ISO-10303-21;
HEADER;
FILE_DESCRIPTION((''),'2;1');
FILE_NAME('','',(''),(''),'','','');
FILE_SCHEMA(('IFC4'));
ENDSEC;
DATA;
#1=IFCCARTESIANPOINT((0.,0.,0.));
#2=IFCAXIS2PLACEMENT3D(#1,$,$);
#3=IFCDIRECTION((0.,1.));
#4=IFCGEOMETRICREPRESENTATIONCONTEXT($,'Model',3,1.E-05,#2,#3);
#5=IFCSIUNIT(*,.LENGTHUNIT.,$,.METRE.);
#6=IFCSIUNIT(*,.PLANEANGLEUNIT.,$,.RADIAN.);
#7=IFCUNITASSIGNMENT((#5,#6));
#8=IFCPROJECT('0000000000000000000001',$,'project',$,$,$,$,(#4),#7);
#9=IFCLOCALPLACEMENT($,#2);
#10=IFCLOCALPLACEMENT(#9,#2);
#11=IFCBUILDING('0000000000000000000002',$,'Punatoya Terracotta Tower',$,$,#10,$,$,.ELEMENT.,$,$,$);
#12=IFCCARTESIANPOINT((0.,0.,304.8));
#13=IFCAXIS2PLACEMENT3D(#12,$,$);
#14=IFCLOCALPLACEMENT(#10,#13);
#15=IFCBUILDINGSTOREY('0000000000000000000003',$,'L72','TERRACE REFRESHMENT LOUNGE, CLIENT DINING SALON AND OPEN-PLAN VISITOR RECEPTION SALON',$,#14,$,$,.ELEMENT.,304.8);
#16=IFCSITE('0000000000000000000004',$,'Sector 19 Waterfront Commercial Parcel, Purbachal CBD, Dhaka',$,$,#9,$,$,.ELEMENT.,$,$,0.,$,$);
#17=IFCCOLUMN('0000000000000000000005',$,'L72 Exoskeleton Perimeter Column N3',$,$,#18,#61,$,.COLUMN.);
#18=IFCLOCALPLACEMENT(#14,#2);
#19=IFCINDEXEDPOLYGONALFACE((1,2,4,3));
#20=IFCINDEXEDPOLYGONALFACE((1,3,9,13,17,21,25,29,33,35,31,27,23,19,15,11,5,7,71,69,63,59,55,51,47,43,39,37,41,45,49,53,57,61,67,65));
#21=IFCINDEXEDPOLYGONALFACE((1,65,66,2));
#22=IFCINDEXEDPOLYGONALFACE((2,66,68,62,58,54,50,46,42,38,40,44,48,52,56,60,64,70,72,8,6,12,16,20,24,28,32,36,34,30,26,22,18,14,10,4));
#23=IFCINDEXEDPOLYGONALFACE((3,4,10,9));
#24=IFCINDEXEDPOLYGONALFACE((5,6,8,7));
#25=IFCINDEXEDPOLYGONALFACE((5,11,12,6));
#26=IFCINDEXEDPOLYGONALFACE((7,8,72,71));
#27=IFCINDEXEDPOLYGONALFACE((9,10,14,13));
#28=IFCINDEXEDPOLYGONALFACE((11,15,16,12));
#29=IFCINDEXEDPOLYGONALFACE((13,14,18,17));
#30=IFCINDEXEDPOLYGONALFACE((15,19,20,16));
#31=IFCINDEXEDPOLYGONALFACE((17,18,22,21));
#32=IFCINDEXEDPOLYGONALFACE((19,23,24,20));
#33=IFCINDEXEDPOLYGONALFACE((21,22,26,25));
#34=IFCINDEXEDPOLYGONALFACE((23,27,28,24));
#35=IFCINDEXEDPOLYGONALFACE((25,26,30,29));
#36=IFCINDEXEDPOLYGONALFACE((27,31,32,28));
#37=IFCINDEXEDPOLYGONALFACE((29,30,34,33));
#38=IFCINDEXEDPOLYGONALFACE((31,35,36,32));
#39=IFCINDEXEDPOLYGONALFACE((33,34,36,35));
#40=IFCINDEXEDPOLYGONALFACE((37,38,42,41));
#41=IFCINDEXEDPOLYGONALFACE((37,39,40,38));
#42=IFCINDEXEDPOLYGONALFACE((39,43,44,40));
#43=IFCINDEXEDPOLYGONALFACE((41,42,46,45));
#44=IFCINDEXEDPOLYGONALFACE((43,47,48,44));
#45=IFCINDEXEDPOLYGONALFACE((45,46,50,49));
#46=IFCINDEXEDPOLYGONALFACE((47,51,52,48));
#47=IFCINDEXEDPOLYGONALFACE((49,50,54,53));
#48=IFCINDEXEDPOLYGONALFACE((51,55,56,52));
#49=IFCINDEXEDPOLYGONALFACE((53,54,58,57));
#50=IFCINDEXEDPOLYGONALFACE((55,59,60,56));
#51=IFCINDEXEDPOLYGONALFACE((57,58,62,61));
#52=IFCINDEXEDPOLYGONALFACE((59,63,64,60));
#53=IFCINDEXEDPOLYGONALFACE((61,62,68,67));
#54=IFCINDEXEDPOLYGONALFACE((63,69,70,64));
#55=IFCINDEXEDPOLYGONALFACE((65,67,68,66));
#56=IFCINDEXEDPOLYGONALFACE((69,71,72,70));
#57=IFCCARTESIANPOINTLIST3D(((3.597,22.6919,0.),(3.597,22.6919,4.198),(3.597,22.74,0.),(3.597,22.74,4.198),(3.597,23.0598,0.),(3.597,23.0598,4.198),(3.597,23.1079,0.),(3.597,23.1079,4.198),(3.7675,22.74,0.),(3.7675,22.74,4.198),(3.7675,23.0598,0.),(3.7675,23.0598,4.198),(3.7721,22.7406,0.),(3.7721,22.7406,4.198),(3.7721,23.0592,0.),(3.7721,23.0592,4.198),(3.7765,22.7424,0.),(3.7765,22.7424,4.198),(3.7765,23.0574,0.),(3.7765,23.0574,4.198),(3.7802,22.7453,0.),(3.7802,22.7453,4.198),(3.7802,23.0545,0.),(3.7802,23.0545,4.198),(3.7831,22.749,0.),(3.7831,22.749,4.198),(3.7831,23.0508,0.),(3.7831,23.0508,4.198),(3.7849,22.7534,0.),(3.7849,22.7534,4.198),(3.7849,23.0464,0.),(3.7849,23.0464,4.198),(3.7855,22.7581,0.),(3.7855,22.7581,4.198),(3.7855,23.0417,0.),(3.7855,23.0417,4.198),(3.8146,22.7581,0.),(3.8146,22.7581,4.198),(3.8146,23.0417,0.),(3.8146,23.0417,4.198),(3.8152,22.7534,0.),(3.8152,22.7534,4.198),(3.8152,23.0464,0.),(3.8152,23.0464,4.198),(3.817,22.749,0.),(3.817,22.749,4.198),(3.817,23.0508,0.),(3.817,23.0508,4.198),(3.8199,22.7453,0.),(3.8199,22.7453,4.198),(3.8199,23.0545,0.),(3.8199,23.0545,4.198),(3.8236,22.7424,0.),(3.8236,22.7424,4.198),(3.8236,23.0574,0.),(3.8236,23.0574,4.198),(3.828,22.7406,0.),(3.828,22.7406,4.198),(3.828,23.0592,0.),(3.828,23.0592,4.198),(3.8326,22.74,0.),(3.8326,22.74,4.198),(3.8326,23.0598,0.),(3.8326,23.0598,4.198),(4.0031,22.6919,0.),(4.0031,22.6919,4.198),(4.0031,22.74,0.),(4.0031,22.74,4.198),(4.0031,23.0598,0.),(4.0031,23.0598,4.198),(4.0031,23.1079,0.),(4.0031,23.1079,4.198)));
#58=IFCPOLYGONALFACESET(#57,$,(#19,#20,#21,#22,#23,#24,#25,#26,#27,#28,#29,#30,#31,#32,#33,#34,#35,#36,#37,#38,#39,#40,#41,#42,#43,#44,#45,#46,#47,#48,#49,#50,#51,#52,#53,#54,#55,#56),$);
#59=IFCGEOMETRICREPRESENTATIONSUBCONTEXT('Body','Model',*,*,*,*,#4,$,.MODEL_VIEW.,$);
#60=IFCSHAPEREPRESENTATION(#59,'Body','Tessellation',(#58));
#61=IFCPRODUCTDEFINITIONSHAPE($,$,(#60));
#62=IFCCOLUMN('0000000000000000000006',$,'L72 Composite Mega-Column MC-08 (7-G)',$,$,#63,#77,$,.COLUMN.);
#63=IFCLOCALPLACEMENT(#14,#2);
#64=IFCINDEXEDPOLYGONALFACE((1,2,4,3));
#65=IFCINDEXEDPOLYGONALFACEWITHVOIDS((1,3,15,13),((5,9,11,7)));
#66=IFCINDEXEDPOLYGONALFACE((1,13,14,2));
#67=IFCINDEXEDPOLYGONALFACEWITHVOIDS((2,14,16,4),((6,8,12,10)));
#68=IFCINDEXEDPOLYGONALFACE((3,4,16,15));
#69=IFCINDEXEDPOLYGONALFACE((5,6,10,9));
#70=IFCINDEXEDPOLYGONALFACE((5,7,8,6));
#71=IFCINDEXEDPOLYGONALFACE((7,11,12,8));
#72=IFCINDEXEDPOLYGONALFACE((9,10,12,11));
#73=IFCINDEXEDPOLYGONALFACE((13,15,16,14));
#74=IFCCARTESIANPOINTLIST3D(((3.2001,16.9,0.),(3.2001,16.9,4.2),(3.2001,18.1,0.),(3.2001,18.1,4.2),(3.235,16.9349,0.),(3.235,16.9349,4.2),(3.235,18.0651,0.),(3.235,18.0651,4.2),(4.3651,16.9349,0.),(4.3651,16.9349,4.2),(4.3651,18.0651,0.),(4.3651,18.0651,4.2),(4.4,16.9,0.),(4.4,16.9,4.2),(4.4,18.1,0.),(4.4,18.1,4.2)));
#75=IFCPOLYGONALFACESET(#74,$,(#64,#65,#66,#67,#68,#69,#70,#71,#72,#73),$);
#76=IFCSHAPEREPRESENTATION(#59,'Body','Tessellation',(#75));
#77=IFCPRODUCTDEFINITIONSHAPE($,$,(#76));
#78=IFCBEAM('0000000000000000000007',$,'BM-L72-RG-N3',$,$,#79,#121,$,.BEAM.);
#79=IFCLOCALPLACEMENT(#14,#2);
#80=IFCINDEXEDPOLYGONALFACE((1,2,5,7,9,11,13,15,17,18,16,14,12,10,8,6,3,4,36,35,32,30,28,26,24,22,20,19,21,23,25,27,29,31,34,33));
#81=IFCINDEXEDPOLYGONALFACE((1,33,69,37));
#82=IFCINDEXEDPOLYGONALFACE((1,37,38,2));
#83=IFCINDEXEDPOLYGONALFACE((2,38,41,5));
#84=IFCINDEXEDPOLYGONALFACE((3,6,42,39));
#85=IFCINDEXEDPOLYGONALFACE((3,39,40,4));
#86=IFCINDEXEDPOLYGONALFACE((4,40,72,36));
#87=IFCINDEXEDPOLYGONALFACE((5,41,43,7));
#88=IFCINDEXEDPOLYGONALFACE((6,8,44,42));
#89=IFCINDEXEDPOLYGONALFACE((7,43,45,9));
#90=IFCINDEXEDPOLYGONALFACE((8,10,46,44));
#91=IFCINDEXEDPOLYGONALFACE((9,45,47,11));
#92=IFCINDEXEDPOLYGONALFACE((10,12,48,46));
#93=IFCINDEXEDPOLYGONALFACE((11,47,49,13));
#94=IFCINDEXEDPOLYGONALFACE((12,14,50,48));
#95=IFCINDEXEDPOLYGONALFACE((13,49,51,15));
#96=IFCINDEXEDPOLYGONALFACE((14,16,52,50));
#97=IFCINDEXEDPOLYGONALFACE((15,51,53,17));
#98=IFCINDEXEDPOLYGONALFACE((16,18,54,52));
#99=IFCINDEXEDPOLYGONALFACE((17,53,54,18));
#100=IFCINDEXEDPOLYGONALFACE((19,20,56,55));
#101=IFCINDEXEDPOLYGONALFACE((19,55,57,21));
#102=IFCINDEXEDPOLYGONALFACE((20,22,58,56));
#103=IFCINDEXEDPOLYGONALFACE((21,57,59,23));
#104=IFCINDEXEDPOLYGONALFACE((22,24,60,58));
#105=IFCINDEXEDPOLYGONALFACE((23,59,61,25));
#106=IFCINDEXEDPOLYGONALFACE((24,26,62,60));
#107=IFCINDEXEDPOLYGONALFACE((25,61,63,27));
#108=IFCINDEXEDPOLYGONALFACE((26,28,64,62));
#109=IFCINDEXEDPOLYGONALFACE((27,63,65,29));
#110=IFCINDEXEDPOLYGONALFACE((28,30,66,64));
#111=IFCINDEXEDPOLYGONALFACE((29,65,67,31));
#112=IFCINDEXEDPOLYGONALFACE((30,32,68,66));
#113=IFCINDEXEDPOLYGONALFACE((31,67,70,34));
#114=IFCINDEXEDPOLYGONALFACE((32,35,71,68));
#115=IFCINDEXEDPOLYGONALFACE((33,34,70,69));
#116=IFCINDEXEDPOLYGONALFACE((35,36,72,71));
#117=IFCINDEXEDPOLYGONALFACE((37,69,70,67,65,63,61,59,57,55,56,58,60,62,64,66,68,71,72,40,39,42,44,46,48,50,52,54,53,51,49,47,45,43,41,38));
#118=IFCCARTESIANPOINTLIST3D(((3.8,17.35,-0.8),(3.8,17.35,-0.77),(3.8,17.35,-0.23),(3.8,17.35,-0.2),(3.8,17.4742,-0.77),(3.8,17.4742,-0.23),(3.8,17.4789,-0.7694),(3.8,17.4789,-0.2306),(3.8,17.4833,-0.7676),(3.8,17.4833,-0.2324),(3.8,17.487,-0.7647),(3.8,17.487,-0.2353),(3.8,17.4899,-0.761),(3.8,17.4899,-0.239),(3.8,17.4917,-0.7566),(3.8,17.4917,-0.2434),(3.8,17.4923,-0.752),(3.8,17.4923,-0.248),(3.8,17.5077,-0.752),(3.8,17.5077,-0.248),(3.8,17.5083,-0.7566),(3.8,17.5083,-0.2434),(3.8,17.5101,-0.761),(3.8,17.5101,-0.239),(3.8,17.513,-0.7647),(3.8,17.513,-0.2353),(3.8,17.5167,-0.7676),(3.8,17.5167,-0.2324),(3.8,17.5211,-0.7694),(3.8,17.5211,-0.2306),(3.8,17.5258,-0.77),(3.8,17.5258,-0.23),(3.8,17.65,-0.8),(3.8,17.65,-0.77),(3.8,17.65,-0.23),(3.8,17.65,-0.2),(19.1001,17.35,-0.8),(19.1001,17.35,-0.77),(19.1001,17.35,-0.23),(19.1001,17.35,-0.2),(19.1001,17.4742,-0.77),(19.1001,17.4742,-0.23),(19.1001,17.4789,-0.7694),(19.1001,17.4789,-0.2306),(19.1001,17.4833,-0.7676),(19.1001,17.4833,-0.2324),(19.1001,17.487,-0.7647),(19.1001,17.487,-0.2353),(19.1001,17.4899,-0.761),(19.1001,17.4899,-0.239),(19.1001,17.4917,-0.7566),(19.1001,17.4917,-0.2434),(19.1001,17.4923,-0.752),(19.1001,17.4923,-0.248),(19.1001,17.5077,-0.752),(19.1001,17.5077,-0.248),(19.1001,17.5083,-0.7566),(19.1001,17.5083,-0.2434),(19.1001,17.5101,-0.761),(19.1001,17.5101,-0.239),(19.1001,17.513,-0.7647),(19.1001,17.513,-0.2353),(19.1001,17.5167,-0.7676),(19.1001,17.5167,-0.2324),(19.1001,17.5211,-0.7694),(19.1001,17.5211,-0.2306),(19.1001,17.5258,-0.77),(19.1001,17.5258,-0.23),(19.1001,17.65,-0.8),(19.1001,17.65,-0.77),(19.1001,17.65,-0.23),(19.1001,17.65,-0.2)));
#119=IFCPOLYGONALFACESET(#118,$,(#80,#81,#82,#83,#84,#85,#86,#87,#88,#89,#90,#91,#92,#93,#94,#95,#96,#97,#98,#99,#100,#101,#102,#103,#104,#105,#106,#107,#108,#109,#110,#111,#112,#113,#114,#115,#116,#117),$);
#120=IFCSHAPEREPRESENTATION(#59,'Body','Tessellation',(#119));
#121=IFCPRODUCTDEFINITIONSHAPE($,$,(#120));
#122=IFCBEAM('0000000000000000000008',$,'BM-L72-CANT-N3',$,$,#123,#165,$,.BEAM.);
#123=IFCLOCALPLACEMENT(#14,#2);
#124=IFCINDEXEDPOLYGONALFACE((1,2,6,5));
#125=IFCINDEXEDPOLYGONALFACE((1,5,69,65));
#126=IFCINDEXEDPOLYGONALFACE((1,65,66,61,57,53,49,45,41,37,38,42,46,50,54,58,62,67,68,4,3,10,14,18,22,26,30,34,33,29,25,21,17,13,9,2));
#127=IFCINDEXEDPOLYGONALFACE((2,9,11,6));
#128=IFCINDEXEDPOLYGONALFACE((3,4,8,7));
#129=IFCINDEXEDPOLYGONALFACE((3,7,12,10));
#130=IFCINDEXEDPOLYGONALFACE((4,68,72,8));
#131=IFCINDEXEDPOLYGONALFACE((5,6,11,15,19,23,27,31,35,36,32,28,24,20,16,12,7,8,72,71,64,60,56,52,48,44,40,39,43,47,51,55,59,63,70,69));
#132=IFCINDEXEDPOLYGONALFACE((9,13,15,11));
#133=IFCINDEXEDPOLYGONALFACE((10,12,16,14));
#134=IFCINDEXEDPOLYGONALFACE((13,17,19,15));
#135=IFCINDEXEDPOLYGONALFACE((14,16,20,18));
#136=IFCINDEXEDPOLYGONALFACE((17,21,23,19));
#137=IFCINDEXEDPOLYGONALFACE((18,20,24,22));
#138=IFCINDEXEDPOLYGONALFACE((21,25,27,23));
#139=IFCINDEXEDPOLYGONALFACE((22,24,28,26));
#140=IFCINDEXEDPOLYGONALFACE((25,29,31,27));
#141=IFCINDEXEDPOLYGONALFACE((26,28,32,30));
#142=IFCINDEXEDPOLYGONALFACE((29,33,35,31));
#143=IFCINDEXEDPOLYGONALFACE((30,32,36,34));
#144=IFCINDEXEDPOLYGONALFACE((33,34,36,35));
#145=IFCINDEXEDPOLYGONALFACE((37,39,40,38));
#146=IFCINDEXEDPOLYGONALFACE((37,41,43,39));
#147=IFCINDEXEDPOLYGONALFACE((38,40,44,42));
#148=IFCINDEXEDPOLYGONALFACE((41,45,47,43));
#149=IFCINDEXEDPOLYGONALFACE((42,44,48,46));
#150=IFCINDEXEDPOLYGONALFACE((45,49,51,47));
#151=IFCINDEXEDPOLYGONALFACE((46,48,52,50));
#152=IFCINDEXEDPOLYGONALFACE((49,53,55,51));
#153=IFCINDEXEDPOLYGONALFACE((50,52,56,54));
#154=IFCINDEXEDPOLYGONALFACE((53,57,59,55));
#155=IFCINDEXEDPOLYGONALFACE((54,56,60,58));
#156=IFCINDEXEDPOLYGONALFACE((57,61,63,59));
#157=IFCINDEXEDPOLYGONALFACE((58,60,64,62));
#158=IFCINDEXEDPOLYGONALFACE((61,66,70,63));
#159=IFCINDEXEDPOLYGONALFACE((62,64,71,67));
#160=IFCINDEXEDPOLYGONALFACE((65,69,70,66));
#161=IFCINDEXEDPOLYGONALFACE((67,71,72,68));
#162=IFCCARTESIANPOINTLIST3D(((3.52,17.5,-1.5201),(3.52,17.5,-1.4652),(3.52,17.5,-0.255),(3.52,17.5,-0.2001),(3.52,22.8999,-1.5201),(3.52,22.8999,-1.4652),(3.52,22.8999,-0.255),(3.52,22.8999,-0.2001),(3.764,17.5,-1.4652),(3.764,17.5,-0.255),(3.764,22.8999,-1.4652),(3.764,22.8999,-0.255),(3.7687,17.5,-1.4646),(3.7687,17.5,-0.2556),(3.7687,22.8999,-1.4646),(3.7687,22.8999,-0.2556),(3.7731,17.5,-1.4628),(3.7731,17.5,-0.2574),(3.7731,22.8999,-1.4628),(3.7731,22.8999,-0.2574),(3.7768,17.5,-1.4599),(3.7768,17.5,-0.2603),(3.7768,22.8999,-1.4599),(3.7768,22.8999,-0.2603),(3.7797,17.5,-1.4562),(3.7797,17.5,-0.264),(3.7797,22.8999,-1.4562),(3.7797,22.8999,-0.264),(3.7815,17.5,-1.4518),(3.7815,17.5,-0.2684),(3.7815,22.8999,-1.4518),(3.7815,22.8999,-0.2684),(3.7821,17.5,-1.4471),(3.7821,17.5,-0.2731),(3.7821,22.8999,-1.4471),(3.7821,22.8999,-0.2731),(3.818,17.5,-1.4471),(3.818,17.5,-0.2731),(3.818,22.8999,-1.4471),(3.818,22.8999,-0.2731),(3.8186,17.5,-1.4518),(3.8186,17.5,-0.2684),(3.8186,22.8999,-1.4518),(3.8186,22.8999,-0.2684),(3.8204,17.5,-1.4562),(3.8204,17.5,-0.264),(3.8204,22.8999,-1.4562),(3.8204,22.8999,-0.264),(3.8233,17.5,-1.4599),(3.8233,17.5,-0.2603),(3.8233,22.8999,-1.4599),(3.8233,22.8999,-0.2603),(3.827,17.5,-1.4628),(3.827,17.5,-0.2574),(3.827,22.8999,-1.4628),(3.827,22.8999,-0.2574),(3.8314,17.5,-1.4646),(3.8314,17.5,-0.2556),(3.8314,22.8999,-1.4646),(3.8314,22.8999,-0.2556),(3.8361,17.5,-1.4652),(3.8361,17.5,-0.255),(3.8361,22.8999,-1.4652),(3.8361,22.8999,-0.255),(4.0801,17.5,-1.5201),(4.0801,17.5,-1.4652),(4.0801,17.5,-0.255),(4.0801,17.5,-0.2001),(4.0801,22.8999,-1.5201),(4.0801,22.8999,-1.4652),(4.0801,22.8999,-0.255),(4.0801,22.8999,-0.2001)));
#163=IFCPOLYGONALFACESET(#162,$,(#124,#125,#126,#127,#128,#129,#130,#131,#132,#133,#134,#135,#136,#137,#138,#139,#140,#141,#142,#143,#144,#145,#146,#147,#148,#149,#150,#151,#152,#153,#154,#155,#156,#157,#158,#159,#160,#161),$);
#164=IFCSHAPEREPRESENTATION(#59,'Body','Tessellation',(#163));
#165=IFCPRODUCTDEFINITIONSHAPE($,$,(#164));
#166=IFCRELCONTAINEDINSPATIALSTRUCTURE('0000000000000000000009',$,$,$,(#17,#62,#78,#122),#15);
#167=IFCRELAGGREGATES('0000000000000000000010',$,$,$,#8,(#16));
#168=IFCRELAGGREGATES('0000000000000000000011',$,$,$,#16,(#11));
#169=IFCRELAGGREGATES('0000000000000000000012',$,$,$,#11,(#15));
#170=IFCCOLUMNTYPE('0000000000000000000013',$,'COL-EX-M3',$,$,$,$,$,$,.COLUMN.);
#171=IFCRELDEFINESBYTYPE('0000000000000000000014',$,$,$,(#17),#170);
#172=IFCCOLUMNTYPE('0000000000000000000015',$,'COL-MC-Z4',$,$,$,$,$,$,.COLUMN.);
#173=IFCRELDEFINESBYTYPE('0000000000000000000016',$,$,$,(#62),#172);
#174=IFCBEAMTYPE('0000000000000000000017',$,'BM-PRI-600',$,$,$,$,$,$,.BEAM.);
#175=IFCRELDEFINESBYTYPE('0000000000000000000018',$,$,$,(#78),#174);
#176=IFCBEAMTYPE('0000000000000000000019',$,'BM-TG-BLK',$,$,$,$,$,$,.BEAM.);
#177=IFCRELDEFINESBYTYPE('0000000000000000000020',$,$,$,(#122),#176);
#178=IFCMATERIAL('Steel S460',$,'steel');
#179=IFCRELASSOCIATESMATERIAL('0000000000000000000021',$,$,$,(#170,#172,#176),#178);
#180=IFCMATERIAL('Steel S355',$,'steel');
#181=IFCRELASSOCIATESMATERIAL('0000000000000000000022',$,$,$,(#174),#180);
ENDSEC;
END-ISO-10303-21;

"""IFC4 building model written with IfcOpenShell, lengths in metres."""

from ifc_helpers import new_model, si_unit, direction, frame, origin, origin_2d, place, context, subcontext, project, spatial, hollow_rectangle, i_section, extrude, material, material_profile, profile_set, type_object, element, save


model = new_model("IFC4")

# Units and contexts
model_context = context("Model", 3, precision=1e-05, world=origin(), true_north=direction((0.0, 1.0)))
body_context = subcontext(model_context, "Body", "Model", "MODEL_VIEW")
ifc_project = project(units=[si_unit("LENGTHUNIT", "METRE"), si_unit("PLANEANGLEUNIT", "RADIAN")], contexts=[model_context])

# Site, building, storey
site_placement = place(None, origin())
site = spatial("IfcSite", under=ifc_project, at=site_placement, Name="Sector 19 Waterfront Commercial Parcel, Purbachal CBD, Dhaka", CompositionType="ELEMENT", RefElevation=0.0)
building_placement = place(site_placement, origin())
building = spatial("IfcBuilding", under=site, at=building_placement, Name="Punatoya Terracotta Tower", CompositionType="ELEMENT")
storey_placement = place(building_placement, frame((0.0, 0.0, 304.8)))
storey = spatial("IfcBuildingStorey", under=building, at=storey_placement, Name="L72", Description="TERRACE REFRESHMENT LOUNGE, CLIENT DINING SALON AND OPEN-PLAN VISITOR RECEPTION SALON", CompositionType="ELEMENT", Elevation=304.8)

# Columns
ifc_material_1 = material(Name="Steel S460", Category="steel")
ifc_material_profile_1 = material_profile(ifc_material_1, i_section(OverallWidth=0.406, OverallDepth=0.416, WebThickness=0.0291, FlangeThickness=0.0481, FilletRadius=0.0181, at=origin_2d()))
ifc_profile_set_1 = profile_set([ifc_material_profile_1], Name="Steel S460")
column_type_1 = type_object("IfcColumnType", Name="COL-EX-M3", PredefinedType="COLUMN", material=ifc_profile_set_1)
column_1_placement = place(storey_placement, frame((3.8, 22.8999, 0.0), z_axis=(0.0, 0.0, 1.0), x_axis=(1.0, 0.0, 0.0)))
element("IfcColumn", 1, at=column_1_placement, inside=storey, type_object=column_type_1, Name="L72 Exoskeleton Perimeter Column N3", PredefinedType="COLUMN", context=body_context, shape_type="SweptSolid", body=[
    extrude(i_section(OverallWidth=0.406, OverallDepth=0.416, WebThickness=0.0291, FlangeThickness=0.0481, FilletRadius=0.0181, at=origin_2d()), origin(), (0.0, 0.0, 1.0), 4.198),
])
ifc_material_profile_2 = material_profile(ifc_material_1, hollow_rectangle(XDim=1.2, YDim=1.2, WallThickness=0.0349, at=origin_2d()))
ifc_profile_set_2 = profile_set([ifc_material_profile_2], Name="Steel S460")
column_type_2 = type_object("IfcColumnType", Name="COL-MC-Z4", PredefinedType="COLUMN", material=ifc_profile_set_2)
column_2_placement = place(storey_placement, frame((3.8, 17.5, 0.0), z_axis=(0.0, 0.0, 1.0), x_axis=(1.0, 0.0, 0.0)))
element("IfcColumn", 2, at=column_2_placement, inside=storey, type_object=column_type_2, Name="L72 Composite Mega-Column MC-08 (7-G)", PredefinedType="COLUMN", context=body_context, shape_type="SweptSolid", body=[
    extrude(hollow_rectangle(XDim=1.2, YDim=1.2, WallThickness=0.0349, at=origin_2d()), origin(), (0.0, 0.0, 1.0), 4.2),
])

# Beams
ifc_material_2 = material(Name="Steel S355", Category="steel")
ifc_material_profile_3 = material_profile(ifc_material_2, i_section(OverallWidth=0.3, OverallDepth=0.6001, WebThickness=0.0154, FlangeThickness=0.03, FilletRadius=0.0181, at=origin_2d()))
ifc_profile_set_3 = profile_set([ifc_material_profile_3], Name="Steel S355")
beam_type_1 = type_object("IfcBeamType", Name="BM-PRI-600", PredefinedType="BEAM", material=ifc_profile_set_3)
beam_1_placement = place(storey_placement, frame((3.8, 17.5, -0.5), z_axis=(1.0, 0.0, 0.0), x_axis=(0.0, 1.0, 0.0)))
element("IfcBeam", 3, at=beam_1_placement, inside=storey, type_object=beam_type_1, Name="BM-L72-RG-N3", PredefinedType="BEAM", context=body_context, shape_type="SweptSolid", body=[
    extrude(i_section(OverallWidth=0.3, OverallDepth=0.6001, WebThickness=0.0154, FlangeThickness=0.03, FilletRadius=0.0181, at=origin_2d()), origin(), (0.0, 0.0, 1.0), 15.3),
])
ifc_material_profile_4 = material_profile(ifc_material_1, i_section(OverallWidth=0.5601, OverallDepth=1.3201, WebThickness=0.0359, FlangeThickness=0.0549, FilletRadius=0.0181, at=origin_2d()))
ifc_profile_set_4 = profile_set([ifc_material_profile_4], Name="Steel S460")
beam_type_2 = type_object("IfcBeamType", Name="BM-TG-BLK", PredefinedType="BEAM", material=ifc_profile_set_4)
beam_2_placement = place(storey_placement, frame((3.8, 17.5, -0.8601), z_axis=(0.0, 1.0, 0.0), x_axis=(-1.0, 0.0, 0.0)))
element("IfcBeam", 4, at=beam_2_placement, inside=storey, type_object=beam_type_2, Name="BM-L72-CANT-N3", PredefinedType="BEAM", context=body_context, shape_type="SweptSolid", body=[
    extrude(i_section(OverallWidth=0.5601, OverallDepth=1.3201, WebThickness=0.0359, FlangeThickness=0.0549, FilletRadius=0.0181, at=origin_2d()), origin(), (0.0, 0.0, 1.0), 5.3999),
])

save(model, "model.ifc")
